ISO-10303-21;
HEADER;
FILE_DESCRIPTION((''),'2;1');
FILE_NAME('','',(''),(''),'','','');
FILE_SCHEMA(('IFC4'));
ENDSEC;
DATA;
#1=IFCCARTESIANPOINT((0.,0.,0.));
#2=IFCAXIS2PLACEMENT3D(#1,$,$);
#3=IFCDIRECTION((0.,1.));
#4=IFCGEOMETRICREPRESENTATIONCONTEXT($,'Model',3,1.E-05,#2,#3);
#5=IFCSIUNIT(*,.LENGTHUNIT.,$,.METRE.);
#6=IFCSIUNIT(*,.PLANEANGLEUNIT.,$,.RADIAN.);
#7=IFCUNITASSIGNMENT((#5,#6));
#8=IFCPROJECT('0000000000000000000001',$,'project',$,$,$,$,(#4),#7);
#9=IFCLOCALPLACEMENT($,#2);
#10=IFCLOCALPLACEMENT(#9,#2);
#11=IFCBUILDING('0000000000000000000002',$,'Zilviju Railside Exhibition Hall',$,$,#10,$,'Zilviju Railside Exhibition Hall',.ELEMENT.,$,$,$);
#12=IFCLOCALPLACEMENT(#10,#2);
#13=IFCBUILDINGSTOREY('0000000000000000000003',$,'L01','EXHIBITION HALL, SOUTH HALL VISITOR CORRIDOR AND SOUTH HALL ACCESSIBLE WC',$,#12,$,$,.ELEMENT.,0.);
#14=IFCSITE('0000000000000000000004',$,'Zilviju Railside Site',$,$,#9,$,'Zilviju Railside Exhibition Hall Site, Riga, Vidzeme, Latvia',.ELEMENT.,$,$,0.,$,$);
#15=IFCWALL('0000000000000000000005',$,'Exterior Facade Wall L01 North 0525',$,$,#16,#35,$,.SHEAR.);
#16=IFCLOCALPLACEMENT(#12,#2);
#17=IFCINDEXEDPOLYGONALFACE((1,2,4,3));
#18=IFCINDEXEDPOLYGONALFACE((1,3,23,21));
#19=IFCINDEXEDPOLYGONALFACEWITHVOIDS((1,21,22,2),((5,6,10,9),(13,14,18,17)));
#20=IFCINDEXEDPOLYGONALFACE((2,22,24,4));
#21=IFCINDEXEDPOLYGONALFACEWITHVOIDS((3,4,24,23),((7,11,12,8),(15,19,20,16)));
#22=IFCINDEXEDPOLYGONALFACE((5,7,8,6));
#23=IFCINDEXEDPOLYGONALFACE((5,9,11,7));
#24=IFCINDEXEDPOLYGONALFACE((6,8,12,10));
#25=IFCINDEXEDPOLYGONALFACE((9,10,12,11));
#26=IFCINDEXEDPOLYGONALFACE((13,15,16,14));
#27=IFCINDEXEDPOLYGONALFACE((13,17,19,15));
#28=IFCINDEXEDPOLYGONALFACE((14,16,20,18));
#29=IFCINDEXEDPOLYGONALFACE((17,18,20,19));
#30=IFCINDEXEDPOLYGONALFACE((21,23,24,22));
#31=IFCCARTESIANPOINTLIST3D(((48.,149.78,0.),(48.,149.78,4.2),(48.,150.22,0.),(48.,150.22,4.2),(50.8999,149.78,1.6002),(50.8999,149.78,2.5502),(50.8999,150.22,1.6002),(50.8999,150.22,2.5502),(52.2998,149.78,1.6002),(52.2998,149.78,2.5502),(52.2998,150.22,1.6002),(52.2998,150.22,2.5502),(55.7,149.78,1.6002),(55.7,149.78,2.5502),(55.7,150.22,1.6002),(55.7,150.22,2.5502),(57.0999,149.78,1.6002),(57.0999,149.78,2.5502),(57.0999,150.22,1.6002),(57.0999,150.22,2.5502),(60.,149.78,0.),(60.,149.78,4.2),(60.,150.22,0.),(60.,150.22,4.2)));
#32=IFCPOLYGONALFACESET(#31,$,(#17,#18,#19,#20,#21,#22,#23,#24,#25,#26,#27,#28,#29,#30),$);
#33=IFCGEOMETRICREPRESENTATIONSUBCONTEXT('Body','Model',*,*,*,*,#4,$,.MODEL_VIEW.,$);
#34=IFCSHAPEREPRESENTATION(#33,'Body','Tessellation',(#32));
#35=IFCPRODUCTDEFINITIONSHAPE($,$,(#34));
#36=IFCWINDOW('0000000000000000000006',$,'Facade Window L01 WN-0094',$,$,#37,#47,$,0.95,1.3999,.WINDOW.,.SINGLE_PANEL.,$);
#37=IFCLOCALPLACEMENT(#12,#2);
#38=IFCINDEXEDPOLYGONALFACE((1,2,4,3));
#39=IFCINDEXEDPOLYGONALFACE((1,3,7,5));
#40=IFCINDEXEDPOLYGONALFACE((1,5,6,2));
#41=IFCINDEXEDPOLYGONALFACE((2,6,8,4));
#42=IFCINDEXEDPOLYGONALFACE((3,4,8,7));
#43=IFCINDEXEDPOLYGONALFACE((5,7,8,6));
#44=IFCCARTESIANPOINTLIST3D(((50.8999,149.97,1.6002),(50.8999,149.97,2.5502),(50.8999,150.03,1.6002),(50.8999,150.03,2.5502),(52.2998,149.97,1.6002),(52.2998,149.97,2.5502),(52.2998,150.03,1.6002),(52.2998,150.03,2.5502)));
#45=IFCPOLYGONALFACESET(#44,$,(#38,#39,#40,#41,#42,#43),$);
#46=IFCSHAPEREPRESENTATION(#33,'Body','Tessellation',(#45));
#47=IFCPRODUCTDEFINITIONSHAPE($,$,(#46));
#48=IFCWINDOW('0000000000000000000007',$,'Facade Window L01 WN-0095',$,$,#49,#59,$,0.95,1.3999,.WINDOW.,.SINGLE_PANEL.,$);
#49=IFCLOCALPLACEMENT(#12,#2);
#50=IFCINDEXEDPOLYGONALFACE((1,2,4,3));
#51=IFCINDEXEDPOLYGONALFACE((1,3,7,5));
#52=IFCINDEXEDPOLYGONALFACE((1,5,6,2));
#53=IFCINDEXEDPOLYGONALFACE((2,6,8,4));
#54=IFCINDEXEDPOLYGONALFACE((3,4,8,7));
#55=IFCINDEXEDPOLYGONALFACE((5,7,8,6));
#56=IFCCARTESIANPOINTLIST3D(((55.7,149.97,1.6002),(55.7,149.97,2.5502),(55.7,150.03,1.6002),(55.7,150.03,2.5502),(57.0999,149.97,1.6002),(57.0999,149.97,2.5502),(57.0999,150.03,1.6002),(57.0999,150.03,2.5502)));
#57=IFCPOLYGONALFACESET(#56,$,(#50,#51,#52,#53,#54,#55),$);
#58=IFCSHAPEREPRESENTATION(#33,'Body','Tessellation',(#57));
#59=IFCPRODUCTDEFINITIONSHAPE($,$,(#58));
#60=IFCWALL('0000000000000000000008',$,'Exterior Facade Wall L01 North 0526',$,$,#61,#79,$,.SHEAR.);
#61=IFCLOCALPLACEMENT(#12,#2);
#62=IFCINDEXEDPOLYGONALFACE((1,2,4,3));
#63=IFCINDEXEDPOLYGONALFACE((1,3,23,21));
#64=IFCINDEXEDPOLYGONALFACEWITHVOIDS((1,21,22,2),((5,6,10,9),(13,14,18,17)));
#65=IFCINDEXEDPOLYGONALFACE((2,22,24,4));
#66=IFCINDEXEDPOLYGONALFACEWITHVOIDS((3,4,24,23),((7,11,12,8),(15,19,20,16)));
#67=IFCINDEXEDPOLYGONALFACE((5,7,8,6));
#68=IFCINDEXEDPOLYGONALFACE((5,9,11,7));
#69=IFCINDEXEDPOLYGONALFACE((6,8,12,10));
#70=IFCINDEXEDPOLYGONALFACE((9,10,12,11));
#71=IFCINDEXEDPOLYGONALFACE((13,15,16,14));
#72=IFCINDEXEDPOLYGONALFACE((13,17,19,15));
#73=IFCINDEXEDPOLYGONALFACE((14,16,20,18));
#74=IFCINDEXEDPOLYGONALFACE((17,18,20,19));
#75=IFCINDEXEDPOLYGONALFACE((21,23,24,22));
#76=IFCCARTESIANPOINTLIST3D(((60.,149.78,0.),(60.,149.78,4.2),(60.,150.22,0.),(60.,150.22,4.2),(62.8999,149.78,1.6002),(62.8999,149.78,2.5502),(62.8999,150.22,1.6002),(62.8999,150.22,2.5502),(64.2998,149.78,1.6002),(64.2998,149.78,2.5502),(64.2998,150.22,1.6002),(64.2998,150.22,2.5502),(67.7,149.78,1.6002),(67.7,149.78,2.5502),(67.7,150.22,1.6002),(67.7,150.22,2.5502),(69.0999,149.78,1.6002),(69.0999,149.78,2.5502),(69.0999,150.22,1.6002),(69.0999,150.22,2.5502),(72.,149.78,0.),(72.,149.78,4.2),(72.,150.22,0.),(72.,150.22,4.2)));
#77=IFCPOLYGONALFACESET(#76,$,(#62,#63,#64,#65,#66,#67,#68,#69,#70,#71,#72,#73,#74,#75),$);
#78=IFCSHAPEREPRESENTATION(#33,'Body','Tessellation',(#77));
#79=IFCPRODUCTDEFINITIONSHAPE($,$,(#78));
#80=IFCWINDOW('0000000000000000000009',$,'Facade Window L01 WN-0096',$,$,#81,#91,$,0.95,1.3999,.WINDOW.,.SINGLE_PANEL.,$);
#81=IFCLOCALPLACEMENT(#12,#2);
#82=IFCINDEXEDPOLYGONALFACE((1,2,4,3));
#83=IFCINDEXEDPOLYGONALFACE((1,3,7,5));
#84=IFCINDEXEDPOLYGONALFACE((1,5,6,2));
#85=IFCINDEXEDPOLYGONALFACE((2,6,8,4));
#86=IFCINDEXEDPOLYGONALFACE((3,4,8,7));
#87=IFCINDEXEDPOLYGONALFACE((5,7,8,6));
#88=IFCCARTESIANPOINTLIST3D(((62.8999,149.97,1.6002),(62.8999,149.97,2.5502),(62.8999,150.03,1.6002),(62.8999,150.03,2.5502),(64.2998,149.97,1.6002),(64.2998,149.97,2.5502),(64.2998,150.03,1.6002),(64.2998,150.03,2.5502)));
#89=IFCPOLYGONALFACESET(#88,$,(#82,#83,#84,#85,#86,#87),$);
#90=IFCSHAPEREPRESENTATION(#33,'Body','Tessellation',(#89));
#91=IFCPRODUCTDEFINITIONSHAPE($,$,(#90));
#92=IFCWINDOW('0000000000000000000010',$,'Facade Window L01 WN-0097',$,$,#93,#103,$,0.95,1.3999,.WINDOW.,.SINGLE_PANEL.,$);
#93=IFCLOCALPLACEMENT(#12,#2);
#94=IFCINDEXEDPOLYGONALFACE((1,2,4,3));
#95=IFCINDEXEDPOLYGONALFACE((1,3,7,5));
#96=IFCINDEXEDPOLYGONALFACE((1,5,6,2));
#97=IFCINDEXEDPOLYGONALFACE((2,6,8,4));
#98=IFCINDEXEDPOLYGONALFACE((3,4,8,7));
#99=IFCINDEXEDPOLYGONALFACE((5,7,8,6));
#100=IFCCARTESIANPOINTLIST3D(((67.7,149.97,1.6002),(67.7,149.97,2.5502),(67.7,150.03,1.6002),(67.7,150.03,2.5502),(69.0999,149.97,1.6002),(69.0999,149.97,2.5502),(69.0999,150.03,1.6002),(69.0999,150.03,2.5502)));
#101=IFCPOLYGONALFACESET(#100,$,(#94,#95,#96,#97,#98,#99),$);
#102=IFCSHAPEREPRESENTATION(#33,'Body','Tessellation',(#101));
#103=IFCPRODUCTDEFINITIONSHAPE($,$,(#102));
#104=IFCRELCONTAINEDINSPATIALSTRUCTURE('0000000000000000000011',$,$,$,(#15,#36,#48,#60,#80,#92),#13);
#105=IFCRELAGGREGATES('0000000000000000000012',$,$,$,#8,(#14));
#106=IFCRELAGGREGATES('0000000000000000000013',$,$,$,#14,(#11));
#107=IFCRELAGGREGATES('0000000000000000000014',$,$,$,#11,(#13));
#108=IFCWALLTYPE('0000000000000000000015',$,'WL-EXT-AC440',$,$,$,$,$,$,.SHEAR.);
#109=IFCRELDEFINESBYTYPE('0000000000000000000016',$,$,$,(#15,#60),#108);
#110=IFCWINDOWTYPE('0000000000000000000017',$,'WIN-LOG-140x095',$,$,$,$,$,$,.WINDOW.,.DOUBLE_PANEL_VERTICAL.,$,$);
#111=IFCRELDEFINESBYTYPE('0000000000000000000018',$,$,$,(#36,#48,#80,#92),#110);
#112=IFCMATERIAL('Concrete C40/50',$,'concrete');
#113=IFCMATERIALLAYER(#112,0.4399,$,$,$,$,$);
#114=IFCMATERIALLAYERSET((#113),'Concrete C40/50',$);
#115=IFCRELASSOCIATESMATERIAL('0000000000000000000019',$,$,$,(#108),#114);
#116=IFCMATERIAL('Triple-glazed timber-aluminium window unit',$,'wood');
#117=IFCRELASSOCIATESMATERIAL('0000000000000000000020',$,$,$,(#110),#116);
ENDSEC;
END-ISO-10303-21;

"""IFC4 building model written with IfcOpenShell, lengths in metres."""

from ifc_helpers import new_model, si_unit, direction, frame, frame_2d, origin, place, context, subcontext, project, spatial, rectangle, extrude, material, layer, layer_set, type_object, element, fill, save


model = new_model("IFC4")

# Units and contexts
model_context = context("Model", 3, precision=1e-05, world=origin(), true_north=direction((0.0, 1.0)))
body_context = subcontext(model_context, "Body", "Model", "MODEL_VIEW")
ifc_project = project(units=[si_unit("LENGTHUNIT", "METRE"), si_unit("PLANEANGLEUNIT", "RADIAN")], contexts=[model_context])

# Site, building, storey
site_placement = place(None, origin())
site = spatial("IfcSite", under=ifc_project, at=site_placement, Name="Zilviju Railside Site", LongName="Zilviju Railside Exhibition Hall Site, Riga, Vidzeme, Latvia", CompositionType="ELEMENT", RefElevation=0.0)
building_placement = place(site_placement, origin())
building = spatial("IfcBuilding", under=site, at=building_placement, Name="Zilviju Railside Exhibition Hall", LongName="Zilviju Railside Exhibition Hall", CompositionType="ELEMENT")
storey_placement = place(building_placement, origin())
storey = spatial("IfcBuildingStorey", under=building, at=storey_placement, Name="L01", Description="EXHIBITION HALL, SOUTH HALL VISITOR CORRIDOR AND SOUTH HALL ACCESSIBLE WC", CompositionType="ELEMENT", Elevation=0.0)

# Shared definitions
ifc_material_1 = material(Name="Concrete C40/50", Category="concrete")

# Walls, openings, windows
ifc_layer_1 = layer(ifc_material_1, 0.4399)
ifc_layer_set_1 = layer_set([ifc_layer_1], Name="Concrete C40/50")
wall_type_1 = type_object("IfcWallType", Name="WL-EXT-AC440", PredefinedType="SHEAR", material=ifc_layer_set_1)
wall_1_placement = place(storey_placement, frame((48.0, 150.0, 0.0), z_axis=(0.0, 0.0, 1.0), x_axis=(1.0, 0.0, 0.0)))
wall_1 = element("IfcWall", 1, at=wall_1_placement, inside=storey, type_object=wall_type_1, Name="Exterior Facade Wall L01 North 0525", PredefinedType="SHEAR", context=body_context, shape_type="SweptSolid", body=[
    extrude(rectangle(XDim=12.0, YDim=0.4399, at=frame_2d((6.0, 0.0))), origin(), (0.0, 0.0, 1.0), 4.2),
])
opening_1_placement = place(wall_1_placement, frame((2.8999, 0.0, 1.6001)))
opening_1 = element("IfcOpeningElement", 2, at=opening_1_placement, cuts=wall_1, PredefinedType="OPENING", context=body_context, shape_type="SweptSolid", body=[
    extrude(rectangle(XDim=1.3999, YDim=0.95, at=frame_2d((0.7, 0.4751))), frame((0.0, 0.23, 0.0), z_axis=(0.0, -1.0, 0.0), x_axis=(1.0, 0.0, 0.0)), (0.0, 0.0, 1.0), 0.46),
])
opening_2_placement = place(wall_1_placement, frame((7.7, 0.0, 1.6001)))
opening_2 = element("IfcOpeningElement", 3, at=opening_2_placement, cuts=wall_1, PredefinedType="OPENING", context=body_context, shape_type="SweptSolid", body=[
    extrude(rectangle(XDim=1.3999, YDim=0.95, at=frame_2d((0.7, 0.4751))), frame((0.0, 0.23, 0.0), z_axis=(0.0, -1.0, 0.0), x_axis=(1.0, 0.0, 0.0)), (0.0, 0.0, 1.0), 0.46),
])
ifc_material_2 = material(Name="Triple-glazed timber-aluminium window unit", Category="wood")
window_type = type_object("IfcWindowType", Name="WIN-LOG-140x095", PartitioningType="DOUBLE_PANEL_VERTICAL", PredefinedType="WINDOW", material=ifc_material_2)
window_1_placement = place(opening_1_placement, origin())
window_1 = element("IfcWindow", 4, at=window_1_placement, inside=storey, type_object=window_type, Name="Facade Window L01 WN-0094", OverallHeight=0.95, OverallWidth=1.3999, PartitioningType="SINGLE_PANEL", PredefinedType="WINDOW", context=body_context, shape_type="SweptSolid", body=[
    extrude(rectangle(XDim=1.3999, YDim=0.95, at=frame_2d((0.7, 0.4751))), frame((0.0, 0.03, 0.0), z_axis=(0.0, -1.0, 0.0), x_axis=(1.0, 0.0, 0.0)), (0.0, 0.0, 1.0), 0.0601),
])
fill(opening_1, window_1)
window_2_placement = place(opening_2_placement, origin())
window_2 = element("IfcWindow", 5, at=window_2_placement, inside=storey, type_object=window_type, Name="Facade Window L01 WN-0095", OverallHeight=0.95, OverallWidth=1.3999, PartitioningType="SINGLE_PANEL", PredefinedType="WINDOW", context=body_context, shape_type="SweptSolid", body=[
    extrude(rectangle(XDim=1.3999, YDim=0.95, at=frame_2d((0.7, 0.4751))), frame((0.0, 0.03, 0.0), z_axis=(0.0, -1.0, 0.0), x_axis=(1.0, 0.0, 0.0)), (0.0, 0.0, 1.0), 0.0601),
])
fill(opening_2, window_2)
wall_2_placement = place(storey_placement, frame((60.0, 150.0, 0.0), z_axis=(0.0, 0.0, 1.0), x_axis=(1.0, 0.0, 0.0)))
wall_2 = element("IfcWall", 6, at=wall_2_placement, inside=storey, type_object=wall_type_1, Name="Exterior Facade Wall L01 North 0526", PredefinedType="SHEAR", context=body_context, shape_type="SweptSolid", body=[
    extrude(rectangle(XDim=12.0, YDim=0.4399, at=frame_2d((6.0, 0.0))), origin(), (0.0, 0.0, 1.0), 4.2),
])
opening_3_placement = place(wall_2_placement, frame((2.8999, 0.0, 1.6001)))
opening_3 = element("IfcOpeningElement", 7, at=opening_3_placement, cuts=wall_2, PredefinedType="OPENING", context=body_context, shape_type="SweptSolid", body=[
    extrude(rectangle(XDim=1.3999, YDim=0.95, at=frame_2d((0.7, 0.4751))), frame((0.0, 0.23, 0.0), z_axis=(0.0, -1.0, 0.0), x_axis=(1.0, 0.0, 0.0)), (0.0, 0.0, 1.0), 0.46),
])
opening_4_placement = place(wall_2_placement, frame((7.7, 0.0, 1.6001)))
opening_4 = element("IfcOpeningElement", 8, at=opening_4_placement, cuts=wall_2, PredefinedType="OPENING", context=body_context, shape_type="SweptSolid", body=[
    extrude(rectangle(XDim=1.3999, YDim=0.95, at=frame_2d((0.7, 0.4751))), frame((0.0, 0.23, 0.0), z_axis=(0.0, -1.0, 0.0), x_axis=(1.0, 0.0, 0.0)), (0.0, 0.0, 1.0), 0.46),
])
window_3_placement = place(opening_3_placement, origin())
window_3 = element("IfcWindow", 9, at=window_3_placement, inside=storey, type_object=window_type, Name="Facade Window L01 WN-0096", OverallHeight=0.95, OverallWidth=1.3999, PartitioningType="SINGLE_PANEL", PredefinedType="WINDOW", context=body_context, shape_type="SweptSolid", body=[
    extrude(rectangle(XDim=1.3999, YDim=0.95, at=frame_2d((0.7, 0.4751))), frame((0.0, 0.03, 0.0), z_axis=(0.0, -1.0, 0.0), x_axis=(1.0, 0.0, 0.0)), (0.0, 0.0, 1.0), 0.0601),
])
fill(opening_3, window_3)
window_4_placement = place(opening_4_placement, origin())
window_4 = element("IfcWindow", 10, at=window_4_placement, inside=storey, type_object=window_type, Name="Facade Window L01 WN-0097", OverallHeight=0.95, OverallWidth=1.3999, PartitioningType="SINGLE_PANEL", PredefinedType="WINDOW", context=body_context, shape_type="SweptSolid", body=[
    extrude(rectangle(XDim=1.3999, YDim=0.95, at=frame_2d((0.7, 0.4751))), frame((0.0, 0.03, 0.0), z_axis=(0.0, -1.0, 0.0), x_axis=(1.0, 0.0, 0.0)), (0.0, 0.0, 1.0), 0.0601),
])
fill(opening_4, window_4)

save(model, "model.ifc")
